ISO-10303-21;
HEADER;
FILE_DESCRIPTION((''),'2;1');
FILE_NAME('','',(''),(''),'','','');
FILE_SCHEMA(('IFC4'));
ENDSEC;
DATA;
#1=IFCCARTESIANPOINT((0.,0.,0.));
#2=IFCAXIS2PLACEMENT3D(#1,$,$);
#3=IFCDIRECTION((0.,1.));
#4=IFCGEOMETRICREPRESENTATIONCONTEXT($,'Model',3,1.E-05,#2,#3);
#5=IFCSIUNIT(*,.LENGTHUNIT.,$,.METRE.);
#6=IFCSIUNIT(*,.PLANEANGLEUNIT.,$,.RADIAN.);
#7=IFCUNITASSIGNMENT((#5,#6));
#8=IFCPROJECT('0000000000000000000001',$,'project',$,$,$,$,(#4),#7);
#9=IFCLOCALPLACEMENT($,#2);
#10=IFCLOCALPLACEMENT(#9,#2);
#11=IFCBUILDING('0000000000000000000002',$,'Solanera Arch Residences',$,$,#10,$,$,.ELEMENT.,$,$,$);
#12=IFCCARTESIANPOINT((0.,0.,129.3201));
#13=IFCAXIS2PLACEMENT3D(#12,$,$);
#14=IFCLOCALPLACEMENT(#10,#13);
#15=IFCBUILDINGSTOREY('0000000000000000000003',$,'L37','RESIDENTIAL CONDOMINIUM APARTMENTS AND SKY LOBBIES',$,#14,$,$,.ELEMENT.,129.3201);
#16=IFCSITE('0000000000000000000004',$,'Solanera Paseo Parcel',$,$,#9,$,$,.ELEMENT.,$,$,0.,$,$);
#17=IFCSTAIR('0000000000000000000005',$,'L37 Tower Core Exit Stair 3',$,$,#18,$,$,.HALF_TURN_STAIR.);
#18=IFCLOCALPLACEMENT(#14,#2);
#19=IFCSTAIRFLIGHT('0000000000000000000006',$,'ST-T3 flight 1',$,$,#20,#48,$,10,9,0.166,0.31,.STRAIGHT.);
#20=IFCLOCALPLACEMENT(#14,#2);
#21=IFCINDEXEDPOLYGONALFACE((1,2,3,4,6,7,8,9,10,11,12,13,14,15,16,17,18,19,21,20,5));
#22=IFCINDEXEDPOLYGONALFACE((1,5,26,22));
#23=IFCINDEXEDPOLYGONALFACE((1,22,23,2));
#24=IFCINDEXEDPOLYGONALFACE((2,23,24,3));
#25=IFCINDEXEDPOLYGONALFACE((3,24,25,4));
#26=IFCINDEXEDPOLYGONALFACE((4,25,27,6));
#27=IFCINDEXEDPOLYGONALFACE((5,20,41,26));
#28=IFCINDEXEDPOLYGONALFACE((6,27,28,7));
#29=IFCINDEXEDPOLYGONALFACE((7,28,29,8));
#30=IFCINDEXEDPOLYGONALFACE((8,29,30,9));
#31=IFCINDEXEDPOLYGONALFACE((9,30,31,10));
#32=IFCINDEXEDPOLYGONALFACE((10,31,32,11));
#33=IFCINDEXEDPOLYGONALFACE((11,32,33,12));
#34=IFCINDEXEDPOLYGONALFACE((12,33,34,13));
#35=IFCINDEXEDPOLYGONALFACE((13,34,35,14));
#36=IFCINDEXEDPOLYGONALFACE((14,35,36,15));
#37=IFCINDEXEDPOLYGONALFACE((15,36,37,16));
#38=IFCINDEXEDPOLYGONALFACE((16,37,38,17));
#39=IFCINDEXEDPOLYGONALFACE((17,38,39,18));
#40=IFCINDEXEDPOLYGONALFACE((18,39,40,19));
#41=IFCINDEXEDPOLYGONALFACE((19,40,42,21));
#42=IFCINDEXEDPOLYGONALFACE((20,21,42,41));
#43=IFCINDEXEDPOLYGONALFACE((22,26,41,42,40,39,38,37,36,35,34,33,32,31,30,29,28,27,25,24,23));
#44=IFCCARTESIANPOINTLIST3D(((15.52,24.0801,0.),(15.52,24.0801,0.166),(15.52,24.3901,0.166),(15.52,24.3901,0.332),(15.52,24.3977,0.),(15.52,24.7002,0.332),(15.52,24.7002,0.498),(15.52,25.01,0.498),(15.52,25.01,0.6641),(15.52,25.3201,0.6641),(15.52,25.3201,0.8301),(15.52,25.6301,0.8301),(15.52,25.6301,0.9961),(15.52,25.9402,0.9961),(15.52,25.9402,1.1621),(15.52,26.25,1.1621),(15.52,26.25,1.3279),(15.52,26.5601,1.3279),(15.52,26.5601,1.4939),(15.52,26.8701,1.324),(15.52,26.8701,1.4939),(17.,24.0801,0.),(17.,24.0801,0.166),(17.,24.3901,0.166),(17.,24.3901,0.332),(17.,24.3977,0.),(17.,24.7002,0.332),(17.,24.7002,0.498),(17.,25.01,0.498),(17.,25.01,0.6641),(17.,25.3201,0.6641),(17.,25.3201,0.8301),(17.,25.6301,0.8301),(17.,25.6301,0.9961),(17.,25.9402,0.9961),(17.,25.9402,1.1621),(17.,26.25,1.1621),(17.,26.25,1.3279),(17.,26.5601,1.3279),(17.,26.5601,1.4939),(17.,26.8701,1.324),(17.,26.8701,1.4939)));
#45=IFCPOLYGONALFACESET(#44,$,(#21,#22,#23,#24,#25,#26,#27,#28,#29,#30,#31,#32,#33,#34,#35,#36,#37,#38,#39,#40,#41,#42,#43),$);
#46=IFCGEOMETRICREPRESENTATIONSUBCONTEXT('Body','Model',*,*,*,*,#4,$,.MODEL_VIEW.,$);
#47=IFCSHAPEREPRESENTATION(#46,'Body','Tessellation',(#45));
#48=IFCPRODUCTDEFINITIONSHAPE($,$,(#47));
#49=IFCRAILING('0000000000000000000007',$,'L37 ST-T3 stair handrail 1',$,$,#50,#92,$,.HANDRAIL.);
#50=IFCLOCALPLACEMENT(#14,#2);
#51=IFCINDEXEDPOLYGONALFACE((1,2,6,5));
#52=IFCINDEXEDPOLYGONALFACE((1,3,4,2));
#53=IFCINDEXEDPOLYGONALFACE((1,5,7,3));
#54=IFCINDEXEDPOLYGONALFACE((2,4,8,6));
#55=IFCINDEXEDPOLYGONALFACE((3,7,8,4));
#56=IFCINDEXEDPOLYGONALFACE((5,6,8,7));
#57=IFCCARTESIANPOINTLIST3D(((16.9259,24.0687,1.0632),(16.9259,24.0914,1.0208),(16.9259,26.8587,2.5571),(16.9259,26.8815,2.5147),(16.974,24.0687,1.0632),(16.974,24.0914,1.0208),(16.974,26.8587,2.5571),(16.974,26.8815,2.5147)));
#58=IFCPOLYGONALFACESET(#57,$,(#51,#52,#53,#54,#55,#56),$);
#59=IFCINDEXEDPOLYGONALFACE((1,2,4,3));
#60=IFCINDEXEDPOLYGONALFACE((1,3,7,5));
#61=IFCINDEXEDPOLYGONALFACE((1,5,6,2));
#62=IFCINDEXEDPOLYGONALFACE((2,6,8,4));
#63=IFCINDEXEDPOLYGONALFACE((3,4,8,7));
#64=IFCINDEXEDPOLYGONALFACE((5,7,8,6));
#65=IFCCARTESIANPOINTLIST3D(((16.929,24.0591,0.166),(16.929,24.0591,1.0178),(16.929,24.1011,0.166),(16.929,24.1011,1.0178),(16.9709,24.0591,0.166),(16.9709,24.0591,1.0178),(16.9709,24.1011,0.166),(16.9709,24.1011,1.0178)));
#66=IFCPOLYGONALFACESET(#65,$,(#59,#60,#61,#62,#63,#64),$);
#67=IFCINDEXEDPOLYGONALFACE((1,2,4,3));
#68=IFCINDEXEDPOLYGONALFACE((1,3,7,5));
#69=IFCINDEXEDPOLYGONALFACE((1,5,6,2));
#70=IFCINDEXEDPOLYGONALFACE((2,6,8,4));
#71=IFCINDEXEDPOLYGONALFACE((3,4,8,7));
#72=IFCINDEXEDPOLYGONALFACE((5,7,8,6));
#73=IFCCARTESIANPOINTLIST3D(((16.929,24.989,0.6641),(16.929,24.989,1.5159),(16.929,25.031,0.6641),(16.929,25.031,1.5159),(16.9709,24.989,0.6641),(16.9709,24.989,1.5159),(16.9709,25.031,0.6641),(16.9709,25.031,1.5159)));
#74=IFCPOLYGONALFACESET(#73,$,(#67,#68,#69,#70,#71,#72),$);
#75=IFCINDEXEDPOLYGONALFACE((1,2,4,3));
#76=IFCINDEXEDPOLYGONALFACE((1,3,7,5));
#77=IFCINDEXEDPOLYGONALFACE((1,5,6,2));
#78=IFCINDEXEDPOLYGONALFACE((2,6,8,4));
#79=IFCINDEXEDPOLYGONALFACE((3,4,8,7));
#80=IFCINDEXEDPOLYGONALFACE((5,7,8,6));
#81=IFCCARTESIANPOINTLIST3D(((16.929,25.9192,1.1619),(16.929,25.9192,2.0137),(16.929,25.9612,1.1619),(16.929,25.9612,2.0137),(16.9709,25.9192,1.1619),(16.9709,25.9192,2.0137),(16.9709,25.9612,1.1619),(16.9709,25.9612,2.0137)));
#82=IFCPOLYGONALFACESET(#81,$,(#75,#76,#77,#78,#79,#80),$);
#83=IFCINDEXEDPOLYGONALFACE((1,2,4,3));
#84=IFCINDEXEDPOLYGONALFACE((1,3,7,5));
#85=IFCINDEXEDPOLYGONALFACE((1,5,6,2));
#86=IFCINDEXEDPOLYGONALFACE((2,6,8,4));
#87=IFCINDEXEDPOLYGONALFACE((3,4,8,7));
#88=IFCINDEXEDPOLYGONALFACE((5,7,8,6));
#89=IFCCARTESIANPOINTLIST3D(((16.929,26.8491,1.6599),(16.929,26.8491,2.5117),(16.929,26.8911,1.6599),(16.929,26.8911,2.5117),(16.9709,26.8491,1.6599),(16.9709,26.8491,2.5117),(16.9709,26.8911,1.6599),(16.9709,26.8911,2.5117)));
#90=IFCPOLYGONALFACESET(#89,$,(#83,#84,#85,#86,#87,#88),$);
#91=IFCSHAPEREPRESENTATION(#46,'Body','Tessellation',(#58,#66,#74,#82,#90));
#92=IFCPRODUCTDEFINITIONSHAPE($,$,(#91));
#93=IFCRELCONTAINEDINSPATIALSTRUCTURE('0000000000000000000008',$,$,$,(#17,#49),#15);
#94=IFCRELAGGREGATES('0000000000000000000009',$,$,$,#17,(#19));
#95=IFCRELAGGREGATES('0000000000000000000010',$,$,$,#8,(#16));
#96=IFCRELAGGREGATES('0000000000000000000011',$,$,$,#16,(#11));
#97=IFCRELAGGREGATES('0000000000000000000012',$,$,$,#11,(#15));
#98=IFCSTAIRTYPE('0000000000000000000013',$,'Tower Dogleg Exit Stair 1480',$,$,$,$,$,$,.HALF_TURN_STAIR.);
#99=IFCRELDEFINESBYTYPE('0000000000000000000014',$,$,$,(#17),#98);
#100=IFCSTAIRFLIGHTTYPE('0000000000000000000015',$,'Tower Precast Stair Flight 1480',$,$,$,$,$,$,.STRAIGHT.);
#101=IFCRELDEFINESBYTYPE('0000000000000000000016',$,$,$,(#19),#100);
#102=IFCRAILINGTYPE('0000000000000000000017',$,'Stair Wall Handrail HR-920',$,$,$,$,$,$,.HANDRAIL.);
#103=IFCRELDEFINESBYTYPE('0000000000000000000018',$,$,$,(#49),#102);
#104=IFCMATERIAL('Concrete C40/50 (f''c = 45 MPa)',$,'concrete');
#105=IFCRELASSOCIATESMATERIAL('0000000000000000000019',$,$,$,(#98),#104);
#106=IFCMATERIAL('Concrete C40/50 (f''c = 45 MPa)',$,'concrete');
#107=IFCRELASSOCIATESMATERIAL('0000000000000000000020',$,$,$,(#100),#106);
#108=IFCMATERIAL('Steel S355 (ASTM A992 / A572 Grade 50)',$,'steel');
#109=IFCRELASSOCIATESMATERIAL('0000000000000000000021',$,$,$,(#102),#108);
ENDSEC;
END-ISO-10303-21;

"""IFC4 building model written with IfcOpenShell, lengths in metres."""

from ifc_helpers import new_model, si_unit, direction, frame, origin, origin_2d, place, context, subcontext, project, spatial, polyline, rectangle, outline, extrude, material, type_object, element, aggregate, save


model = new_model("IFC4")

# Units and contexts
model_context = context("Model", 3, precision=1e-05, world=origin(), true_north=direction((0.0, 1.0)))
body_context = subcontext(model_context, "Body", "Model", "MODEL_VIEW")
ifc_project = project(units=[si_unit("LENGTHUNIT", "METRE"), si_unit("PLANEANGLEUNIT", "RADIAN")], contexts=[model_context])

# Site, building, storey
site_placement = place(None, origin())
site = spatial("IfcSite", under=ifc_project, at=site_placement, Name="Solanera Paseo Parcel", CompositionType="ELEMENT", RefElevation=0.0)
building_placement = place(site_placement, origin())
building = spatial("IfcBuilding", under=site, at=building_placement, Name="Solanera Arch Residences", CompositionType="ELEMENT")
storey_placement = place(building_placement, frame((0.0, 0.0, 129.3201)))
storey = spatial("IfcBuildingStorey", under=building, at=storey_placement, Name="L37", Description="RESIDENTIAL CONDOMINIUM APARTMENTS AND SKY LOBBIES", CompositionType="ELEMENT", Elevation=129.3201)

# Stair, stair flight
ifc_material_1 = material(Name="Concrete C40/50 (f'c = 45 MPa)", Category="concrete")
stair_type = type_object("IfcStairType", Name="Tower Dogleg Exit Stair 1480", PredefinedType="HALF_TURN_STAIR", material=ifc_material_1)
stair_placement = place(storey_placement, origin())
stair = element("IfcStair", 1, at=stair_placement, inside=storey, type_object=stair_type, Name="L37 Tower Core Exit Stair 3", PredefinedType="HALF_TURN_STAIR")
ifc_material_2 = material(Name="Concrete C40/50 (f'c = 45 MPa)", Category="concrete")
stair_flight_type = type_object("IfcStairFlightType", Name="Tower Precast Stair Flight 1480", PredefinedType="STRAIGHT", material=ifc_material_2)
stair_flight_placement = place(storey_placement, frame((16.26, 24.0801, 0.0), z_axis=(0.0, 0.0, 1.0), x_axis=(0.0, 1.0, 0.0)))
stair_flight = element("IfcStairFlight", 2, at=stair_flight_placement, type_object=stair_flight_type, Name="ST-T3 flight 1", NumberOfRisers=10, NumberOfTreads=9, PredefinedType="STRAIGHT", RiserHeight=0.166, TreadLength=0.31, context=body_context, shape_type="SweptSolid", body=[
    extrude(outline(polyline([(0.0, 0.0), (0.0, 0.166), (0.3101, 0.166), (0.3101, 0.332), (0.6201, 0.332), (0.6201, 0.498), (0.9299, 0.498), (0.9299, 0.6641), (1.24, 0.6641), (1.24, 0.8301), (1.55, 0.8301), (1.55, 0.9961), (1.8601, 0.9961), (1.8601, 1.1621), (2.1699, 1.1621), (2.1699, 1.3279), (2.48, 1.3279), (2.48, 1.4939), (2.79, 1.4939), (2.79, 1.6599), (2.79, 1.324), (0.3176, 0.0), (0.0, 0.0)])), frame((0.0, 0.74, 0.0), z_axis=(0.0, -1.0, 0.0), x_axis=(1.0, 0.0, 0.0)), (0.0, 0.0, 1.0), 1.48),
])
aggregate(stair, [stair_flight])

# Railing
ifc_material_3 = material(Name="Steel S355 (ASTM A992 / A572 Grade 50)", Category="steel")
railing_type = type_object("IfcRailingType", Name="Stair Wall Handrail HR-920", PredefinedType="HANDRAIL", material=ifc_material_3)
railing_placement = place(storey_placement, frame((16.95, 24.0801, 0.166)))
element("IfcRailing", 3, at=railing_placement, inside=storey, type_object=railing_type, Name="L37 ST-T3 stair handrail 1", PredefinedType="HANDRAIL", context=body_context, shape_type="SweptSolid", body=[
    extrude(rectangle(XDim=0.0481, YDim=0.0481, at=origin_2d()), frame((0.0, 0.0, 0.876), z_axis=(0.0, 0.881581, 0.472033), x_axis=(-1.0, 0.0, 0.0)), (0.0, 0.0, 1.0), 3.1648),
    extrude(rectangle(XDim=0.042, YDim=0.042, at=origin_2d()), origin(), (0.0, 0.0, 1.0), 0.8518),
    extrude(rectangle(XDim=0.042, YDim=0.042, at=origin_2d()), frame((0.0, 0.9299, 0.498)), (0.0, 0.0, 1.0), 0.8518),
    extrude(rectangle(XDim=0.042, YDim=0.042, at=origin_2d()), frame((0.0, 1.8601, 0.9958)), (0.0, 0.0, 1.0), 0.8518),
    extrude(rectangle(XDim=0.042, YDim=0.042, at=origin_2d()), frame((0.0, 2.79, 1.4939)), (0.0, 0.0, 1.0), 0.8518),
])

save(model, "model.ifc")
